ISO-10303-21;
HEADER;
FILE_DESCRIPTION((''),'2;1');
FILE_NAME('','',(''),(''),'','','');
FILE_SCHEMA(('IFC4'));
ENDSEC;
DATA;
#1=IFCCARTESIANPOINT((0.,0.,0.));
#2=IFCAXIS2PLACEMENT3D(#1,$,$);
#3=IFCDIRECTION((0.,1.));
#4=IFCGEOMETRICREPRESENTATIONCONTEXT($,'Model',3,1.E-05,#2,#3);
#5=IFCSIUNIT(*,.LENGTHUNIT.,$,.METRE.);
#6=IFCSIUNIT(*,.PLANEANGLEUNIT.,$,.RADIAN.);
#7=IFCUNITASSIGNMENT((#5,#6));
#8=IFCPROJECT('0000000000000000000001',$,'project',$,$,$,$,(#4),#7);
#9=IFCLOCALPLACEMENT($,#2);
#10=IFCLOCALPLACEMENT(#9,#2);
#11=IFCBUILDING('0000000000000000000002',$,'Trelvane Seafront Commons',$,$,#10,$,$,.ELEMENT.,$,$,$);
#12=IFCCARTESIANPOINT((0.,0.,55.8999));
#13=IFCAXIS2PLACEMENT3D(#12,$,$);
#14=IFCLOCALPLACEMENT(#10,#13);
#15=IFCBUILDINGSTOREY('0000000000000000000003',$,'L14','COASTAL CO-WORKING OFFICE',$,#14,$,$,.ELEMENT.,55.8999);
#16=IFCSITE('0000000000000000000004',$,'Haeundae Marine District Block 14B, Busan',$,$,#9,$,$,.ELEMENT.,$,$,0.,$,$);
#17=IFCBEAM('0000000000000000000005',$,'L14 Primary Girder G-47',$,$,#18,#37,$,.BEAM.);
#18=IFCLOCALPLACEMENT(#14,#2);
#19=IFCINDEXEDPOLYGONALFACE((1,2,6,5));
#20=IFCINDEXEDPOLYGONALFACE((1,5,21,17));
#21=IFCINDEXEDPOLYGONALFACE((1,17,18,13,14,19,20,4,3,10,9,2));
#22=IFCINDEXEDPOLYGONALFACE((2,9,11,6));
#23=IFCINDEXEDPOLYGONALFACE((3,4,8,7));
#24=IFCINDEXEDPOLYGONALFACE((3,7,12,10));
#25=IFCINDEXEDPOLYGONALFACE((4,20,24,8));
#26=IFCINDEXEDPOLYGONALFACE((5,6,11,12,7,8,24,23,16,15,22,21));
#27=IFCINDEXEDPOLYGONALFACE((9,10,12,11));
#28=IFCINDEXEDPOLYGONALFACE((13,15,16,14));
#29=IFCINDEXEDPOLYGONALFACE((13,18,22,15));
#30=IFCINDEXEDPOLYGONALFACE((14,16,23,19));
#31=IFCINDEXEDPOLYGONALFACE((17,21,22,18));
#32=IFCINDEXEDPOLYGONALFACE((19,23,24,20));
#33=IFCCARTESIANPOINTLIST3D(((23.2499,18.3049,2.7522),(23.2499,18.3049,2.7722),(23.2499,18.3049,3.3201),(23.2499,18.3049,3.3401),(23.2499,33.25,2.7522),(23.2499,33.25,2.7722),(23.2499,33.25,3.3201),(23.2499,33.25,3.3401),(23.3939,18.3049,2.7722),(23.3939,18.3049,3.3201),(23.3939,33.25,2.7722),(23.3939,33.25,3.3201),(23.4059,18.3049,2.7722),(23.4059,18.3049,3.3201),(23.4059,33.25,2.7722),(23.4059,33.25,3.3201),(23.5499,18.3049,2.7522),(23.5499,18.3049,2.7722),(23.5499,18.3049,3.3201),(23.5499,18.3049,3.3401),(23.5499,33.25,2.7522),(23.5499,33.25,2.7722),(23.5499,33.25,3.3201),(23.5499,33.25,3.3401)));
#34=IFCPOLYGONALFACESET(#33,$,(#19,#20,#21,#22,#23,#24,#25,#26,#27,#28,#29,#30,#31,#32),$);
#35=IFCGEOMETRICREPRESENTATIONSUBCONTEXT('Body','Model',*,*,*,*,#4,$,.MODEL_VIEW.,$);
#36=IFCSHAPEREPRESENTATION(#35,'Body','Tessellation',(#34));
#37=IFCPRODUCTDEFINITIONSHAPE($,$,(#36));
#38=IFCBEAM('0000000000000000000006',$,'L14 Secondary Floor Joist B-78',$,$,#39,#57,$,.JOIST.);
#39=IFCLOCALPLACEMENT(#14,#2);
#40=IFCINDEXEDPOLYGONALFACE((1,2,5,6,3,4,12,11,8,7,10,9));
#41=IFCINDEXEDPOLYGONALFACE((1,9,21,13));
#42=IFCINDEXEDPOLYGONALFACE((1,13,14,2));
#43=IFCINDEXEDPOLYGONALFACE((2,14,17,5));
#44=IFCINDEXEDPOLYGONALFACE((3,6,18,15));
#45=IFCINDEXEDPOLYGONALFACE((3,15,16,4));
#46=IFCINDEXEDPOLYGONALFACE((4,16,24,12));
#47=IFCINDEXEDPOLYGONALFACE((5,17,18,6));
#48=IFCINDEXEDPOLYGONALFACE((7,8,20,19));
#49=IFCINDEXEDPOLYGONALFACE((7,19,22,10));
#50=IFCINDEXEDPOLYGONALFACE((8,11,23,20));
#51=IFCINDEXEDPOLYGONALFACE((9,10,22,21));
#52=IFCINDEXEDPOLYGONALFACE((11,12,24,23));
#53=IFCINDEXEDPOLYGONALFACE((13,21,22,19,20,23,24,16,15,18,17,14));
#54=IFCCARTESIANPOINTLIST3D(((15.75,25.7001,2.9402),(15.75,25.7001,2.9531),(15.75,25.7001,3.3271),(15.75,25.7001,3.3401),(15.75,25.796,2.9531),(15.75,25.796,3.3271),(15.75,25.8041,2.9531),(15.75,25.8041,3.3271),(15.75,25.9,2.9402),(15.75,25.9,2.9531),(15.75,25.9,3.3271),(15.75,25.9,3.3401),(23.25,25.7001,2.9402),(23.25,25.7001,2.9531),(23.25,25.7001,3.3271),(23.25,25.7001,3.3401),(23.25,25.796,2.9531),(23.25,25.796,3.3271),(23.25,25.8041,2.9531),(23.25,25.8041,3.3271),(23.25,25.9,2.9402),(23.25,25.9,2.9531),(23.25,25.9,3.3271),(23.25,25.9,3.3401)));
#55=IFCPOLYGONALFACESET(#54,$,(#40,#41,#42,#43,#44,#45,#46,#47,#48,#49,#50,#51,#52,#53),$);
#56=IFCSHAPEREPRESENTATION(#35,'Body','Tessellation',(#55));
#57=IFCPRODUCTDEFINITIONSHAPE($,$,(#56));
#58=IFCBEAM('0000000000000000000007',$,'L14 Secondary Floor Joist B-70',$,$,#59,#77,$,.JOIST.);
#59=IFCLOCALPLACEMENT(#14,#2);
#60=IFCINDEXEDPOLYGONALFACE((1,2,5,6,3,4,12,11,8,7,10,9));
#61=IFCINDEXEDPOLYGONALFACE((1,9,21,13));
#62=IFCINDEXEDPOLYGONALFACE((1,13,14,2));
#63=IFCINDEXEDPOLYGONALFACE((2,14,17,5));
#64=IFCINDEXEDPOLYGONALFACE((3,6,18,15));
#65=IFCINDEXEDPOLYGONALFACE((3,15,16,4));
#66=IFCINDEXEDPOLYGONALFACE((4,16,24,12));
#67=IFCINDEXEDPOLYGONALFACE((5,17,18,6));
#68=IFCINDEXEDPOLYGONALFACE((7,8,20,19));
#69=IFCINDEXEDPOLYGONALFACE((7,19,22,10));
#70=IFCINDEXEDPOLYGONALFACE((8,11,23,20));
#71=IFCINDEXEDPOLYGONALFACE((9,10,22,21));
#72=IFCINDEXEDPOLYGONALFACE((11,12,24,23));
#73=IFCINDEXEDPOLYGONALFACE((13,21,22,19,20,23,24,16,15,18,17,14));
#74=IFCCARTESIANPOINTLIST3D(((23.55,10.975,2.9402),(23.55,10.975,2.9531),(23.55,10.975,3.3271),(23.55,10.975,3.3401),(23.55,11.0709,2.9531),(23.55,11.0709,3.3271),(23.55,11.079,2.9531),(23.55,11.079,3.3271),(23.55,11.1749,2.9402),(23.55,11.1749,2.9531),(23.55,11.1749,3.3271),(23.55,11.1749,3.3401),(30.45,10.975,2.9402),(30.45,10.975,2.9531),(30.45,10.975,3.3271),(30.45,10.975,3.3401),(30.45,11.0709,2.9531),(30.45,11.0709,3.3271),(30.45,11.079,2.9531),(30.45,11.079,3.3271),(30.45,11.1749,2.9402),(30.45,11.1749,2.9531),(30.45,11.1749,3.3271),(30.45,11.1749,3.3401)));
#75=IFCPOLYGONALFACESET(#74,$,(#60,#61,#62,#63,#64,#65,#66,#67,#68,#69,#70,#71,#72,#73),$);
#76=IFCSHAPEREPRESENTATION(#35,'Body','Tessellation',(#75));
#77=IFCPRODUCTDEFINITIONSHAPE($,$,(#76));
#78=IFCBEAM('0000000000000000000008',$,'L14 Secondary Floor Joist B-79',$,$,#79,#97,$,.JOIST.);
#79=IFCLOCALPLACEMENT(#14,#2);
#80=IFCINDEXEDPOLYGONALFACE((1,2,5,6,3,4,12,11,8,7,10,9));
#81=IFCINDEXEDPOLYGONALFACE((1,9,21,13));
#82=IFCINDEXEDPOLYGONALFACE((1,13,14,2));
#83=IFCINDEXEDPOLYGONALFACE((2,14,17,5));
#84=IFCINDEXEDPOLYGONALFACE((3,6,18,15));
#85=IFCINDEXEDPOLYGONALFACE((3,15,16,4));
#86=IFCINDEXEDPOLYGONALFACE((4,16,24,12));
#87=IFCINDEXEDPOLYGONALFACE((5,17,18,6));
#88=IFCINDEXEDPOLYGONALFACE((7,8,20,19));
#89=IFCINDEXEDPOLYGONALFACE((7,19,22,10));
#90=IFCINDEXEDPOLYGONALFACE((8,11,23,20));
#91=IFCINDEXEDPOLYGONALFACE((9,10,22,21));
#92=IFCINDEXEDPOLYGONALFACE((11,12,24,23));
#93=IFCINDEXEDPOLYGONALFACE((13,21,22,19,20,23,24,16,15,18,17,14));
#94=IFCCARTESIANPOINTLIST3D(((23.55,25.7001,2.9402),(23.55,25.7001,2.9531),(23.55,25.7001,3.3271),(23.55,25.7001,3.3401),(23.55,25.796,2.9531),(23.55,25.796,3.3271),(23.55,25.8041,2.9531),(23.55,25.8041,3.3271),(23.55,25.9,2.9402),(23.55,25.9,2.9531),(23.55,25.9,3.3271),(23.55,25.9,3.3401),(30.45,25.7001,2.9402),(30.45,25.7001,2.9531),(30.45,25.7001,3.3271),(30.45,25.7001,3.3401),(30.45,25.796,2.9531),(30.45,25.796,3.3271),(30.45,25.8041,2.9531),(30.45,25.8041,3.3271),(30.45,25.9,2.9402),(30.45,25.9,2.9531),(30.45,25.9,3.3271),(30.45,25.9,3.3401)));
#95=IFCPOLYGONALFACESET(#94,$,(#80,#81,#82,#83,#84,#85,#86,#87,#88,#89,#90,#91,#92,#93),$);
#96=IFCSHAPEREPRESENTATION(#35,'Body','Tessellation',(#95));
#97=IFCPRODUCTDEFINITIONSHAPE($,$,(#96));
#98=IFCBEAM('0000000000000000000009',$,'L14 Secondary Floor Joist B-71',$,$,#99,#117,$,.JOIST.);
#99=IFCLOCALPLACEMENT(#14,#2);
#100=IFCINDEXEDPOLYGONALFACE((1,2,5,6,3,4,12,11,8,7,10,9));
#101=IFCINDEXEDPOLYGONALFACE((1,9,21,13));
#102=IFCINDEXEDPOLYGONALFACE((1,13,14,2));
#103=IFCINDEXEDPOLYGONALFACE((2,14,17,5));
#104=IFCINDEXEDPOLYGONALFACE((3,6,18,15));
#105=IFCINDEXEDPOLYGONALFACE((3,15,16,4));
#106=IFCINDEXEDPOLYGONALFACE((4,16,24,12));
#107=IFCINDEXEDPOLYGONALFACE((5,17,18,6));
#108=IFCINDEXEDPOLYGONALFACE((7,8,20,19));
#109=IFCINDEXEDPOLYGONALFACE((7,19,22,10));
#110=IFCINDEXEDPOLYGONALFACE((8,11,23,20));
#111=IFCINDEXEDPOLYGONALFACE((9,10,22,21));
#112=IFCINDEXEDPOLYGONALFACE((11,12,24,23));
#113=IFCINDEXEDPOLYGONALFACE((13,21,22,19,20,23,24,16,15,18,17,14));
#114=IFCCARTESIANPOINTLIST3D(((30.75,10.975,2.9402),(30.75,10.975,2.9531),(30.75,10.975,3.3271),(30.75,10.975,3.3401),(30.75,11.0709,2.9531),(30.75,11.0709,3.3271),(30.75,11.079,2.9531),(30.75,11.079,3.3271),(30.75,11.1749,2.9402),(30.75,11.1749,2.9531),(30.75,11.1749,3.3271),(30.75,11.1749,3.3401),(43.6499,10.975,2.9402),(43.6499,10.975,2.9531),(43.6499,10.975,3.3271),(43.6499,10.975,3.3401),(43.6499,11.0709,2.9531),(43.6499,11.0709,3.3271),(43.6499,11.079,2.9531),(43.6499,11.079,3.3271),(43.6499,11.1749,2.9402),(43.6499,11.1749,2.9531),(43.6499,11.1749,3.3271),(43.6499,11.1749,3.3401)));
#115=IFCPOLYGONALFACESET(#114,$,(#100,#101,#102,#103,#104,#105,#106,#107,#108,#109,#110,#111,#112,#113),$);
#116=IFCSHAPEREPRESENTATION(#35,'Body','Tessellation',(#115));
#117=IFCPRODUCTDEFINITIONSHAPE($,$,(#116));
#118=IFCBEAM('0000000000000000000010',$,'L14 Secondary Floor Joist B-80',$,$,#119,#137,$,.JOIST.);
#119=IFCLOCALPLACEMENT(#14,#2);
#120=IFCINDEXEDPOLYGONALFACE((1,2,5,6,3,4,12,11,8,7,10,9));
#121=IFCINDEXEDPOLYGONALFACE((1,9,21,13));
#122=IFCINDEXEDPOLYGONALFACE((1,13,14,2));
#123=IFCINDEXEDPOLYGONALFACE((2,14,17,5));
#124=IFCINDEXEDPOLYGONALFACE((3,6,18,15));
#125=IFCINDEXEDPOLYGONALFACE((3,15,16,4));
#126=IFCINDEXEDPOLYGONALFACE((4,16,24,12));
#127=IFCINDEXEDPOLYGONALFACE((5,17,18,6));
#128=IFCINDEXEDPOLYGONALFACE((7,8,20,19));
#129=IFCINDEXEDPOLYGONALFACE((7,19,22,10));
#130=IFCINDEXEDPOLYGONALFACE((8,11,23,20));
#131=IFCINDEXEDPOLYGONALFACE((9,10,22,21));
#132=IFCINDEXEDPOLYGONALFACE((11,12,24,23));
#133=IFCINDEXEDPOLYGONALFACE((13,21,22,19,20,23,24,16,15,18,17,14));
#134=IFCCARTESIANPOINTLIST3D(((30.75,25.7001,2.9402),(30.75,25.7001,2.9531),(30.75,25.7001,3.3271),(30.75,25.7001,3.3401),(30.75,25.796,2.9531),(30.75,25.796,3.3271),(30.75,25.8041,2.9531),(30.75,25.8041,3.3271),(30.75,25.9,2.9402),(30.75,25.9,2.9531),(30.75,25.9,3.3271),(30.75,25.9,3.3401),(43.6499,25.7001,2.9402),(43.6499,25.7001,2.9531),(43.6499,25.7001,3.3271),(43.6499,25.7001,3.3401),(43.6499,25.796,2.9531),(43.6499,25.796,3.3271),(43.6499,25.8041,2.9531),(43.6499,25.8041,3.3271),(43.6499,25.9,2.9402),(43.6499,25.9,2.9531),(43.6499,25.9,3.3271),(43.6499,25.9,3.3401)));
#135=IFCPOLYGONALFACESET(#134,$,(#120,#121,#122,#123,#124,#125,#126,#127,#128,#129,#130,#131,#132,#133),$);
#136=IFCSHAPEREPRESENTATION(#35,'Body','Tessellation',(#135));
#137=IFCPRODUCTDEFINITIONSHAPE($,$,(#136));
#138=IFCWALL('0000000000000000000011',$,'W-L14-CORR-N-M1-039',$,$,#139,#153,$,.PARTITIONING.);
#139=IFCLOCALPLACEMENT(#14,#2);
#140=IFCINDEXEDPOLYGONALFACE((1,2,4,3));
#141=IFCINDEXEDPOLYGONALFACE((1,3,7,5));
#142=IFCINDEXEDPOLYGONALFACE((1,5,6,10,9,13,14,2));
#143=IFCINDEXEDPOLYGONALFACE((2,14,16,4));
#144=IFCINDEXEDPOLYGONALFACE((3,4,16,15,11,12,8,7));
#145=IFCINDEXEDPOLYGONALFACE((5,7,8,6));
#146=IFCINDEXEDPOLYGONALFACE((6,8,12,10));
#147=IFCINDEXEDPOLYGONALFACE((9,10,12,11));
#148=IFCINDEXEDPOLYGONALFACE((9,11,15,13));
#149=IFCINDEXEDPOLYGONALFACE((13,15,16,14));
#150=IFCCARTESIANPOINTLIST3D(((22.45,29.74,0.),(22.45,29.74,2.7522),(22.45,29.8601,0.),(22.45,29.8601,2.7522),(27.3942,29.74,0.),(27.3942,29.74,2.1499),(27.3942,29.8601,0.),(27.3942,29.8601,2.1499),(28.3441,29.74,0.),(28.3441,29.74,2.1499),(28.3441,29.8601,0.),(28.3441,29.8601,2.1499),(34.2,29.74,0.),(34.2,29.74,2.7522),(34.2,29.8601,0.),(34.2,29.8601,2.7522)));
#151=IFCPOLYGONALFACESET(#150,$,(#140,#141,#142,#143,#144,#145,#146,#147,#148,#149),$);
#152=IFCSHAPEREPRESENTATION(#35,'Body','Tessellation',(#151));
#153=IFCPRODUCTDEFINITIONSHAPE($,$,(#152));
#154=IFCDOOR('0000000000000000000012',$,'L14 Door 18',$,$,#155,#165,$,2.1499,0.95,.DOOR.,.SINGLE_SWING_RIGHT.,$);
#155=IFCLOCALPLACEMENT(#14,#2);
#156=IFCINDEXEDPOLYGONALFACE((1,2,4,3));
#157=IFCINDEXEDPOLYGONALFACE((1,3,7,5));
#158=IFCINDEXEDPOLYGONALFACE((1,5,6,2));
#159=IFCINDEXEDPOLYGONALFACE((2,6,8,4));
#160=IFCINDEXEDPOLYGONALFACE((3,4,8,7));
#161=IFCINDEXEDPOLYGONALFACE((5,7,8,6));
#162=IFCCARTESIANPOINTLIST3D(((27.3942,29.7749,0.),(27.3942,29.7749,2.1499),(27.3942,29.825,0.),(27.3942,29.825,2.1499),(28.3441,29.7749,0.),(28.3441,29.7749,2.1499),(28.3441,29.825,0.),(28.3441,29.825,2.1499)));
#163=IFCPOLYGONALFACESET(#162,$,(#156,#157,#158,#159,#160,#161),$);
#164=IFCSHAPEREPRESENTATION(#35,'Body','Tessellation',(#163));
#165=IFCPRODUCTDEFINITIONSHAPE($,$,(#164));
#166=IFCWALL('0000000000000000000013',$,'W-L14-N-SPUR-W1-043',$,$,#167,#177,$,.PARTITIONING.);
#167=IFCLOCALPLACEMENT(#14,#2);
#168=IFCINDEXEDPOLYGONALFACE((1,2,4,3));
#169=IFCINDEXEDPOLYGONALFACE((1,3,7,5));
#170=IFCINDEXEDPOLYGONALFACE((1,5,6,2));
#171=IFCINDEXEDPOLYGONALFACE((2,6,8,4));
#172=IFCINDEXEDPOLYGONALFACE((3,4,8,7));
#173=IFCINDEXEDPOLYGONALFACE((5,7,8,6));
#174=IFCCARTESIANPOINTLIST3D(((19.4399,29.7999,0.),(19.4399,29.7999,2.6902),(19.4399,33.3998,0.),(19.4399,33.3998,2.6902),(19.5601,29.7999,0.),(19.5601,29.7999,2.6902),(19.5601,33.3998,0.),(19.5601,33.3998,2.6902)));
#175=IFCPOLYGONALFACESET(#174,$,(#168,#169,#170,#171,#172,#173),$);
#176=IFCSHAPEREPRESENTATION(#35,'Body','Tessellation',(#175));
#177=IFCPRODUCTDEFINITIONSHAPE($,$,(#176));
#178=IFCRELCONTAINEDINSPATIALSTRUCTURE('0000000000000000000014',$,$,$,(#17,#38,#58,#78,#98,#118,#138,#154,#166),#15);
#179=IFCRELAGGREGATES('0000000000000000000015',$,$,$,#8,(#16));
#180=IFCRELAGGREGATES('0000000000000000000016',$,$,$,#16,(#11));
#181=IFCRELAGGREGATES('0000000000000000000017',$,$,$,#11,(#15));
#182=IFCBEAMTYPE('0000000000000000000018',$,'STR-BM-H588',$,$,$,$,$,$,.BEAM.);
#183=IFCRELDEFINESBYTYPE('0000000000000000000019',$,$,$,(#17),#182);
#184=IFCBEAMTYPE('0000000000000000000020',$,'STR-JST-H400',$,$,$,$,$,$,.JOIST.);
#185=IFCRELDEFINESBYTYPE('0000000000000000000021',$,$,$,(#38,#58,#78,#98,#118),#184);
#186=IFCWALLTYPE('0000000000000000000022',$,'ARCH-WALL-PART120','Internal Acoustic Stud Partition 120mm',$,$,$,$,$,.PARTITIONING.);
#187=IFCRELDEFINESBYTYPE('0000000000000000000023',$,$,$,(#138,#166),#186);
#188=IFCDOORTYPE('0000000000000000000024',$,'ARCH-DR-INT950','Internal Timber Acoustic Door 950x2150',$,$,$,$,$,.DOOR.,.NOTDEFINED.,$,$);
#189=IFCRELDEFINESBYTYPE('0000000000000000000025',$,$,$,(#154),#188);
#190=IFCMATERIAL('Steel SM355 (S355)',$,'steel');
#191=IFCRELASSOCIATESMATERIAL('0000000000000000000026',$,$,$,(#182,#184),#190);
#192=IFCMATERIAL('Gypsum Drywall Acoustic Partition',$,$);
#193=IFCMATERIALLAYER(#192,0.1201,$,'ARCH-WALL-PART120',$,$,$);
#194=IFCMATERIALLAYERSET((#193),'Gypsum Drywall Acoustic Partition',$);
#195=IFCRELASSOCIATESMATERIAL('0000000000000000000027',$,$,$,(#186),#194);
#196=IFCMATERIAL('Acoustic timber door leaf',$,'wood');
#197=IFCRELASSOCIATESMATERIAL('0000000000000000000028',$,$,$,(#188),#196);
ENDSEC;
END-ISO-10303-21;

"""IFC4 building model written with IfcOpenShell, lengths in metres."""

from ifc_helpers import new_model, si_unit, direction, frame, frame_2d, origin, origin_2d, place, context, subcontext, project, spatial, rectangle, i_section, extrude, source, transform, mapped, material, layer, layer_set, material_profile, profile_set, type_object, element, fill, save


model = new_model("IFC4")

# Units and contexts
model_context = context("Model", 3, precision=1e-05, world=origin(), true_north=direction((0.0, 1.0)))
body_context = subcontext(model_context, "Body", "Model", "MODEL_VIEW")
ifc_project = project(units=[si_unit("LENGTHUNIT", "METRE"), si_unit("PLANEANGLEUNIT", "RADIAN")], contexts=[model_context])

# Site, building, storey
site_placement = place(None, origin())
site = spatial("IfcSite", under=ifc_project, at=site_placement, Name="Haeundae Marine District Block 14B, Busan", CompositionType="ELEMENT", RefElevation=0.0)
building_placement = place(site_placement, origin())
building = spatial("IfcBuilding", under=site, at=building_placement, Name="Trelvane Seafront Commons", CompositionType="ELEMENT")
storey_placement = place(building_placement, frame((0.0, 0.0, 55.8999)))
storey = spatial("IfcBuildingStorey", under=building, at=storey_placement, Name="L14", Description="COASTAL CO-WORKING OFFICE", CompositionType="ELEMENT", Elevation=55.8999)

# Shared definitions
ifc_material_1 = material(Name="Steel SM355 (S355)", Category="steel")

# Beams
ifc_material_profile_1 = material_profile(ifc_material_1, i_section(OverallWidth=0.3, OverallDepth=0.5879, WebThickness=0.012, FlangeThickness=0.02, at=origin_2d()), Name="H-588x300x12x20")
ifc_profile_set_1 = profile_set([ifc_material_profile_1], Name="Steel SM355 (S355)")
beam_type_1 = type_object("IfcBeamType", Name="STR-BM-H588", PredefinedType="BEAM", material=ifc_profile_set_1)
shared_shape_1 = source(origin(), body_context, "Body", "SweptSolid", [
    extrude(i_section(OverallWidth=0.3, OverallDepth=0.5879, WebThickness=0.012, FlangeThickness=0.02, at=origin_2d()), origin(), (0.0, 0.0, 1.0), 14.9451),
])
beam_1_placement = place(storey_placement, frame((23.3999, 18.3049, 3.0461), z_axis=(0.0, 1.0, 0.0), x_axis=(-1.0, 0.0, 0.0)))
element("IfcBeam", 1, at=beam_1_placement, inside=storey, type_object=beam_type_1, Name="L14 Primary Girder G-47", PredefinedType="BEAM", context=body_context, shape_type="MappedRepresentation", body=[
    mapped(shared_shape_1, transform((0.0, 0.0, 0.0), x_axis=(1.0, 0.0, 0.0), y_axis=(0.0, 1.0, 0.0), z_axis=(0.0, 0.0, 1.0), scale=1.0)),
])
ifc_material_profile_2 = material_profile(ifc_material_1, i_section(OverallWidth=0.2, OverallDepth=0.3999, WebThickness=0.0081, FlangeThickness=0.0129, at=origin_2d()), Name="H-400x200x8x13")
ifc_profile_set_2 = profile_set([ifc_material_profile_2], Name="Steel SM355 (S355)")
beam_type_2 = type_object("IfcBeamType", Name="STR-JST-H400", PredefinedType="JOIST", material=ifc_profile_set_2)
shared_shape_2 = source(origin(), body_context, "Body", "SweptSolid", [
    extrude(i_section(OverallWidth=0.2, OverallDepth=0.3999, WebThickness=0.0081, FlangeThickness=0.0129, at=origin_2d()), origin(), (0.0, 0.0, 1.0), 7.5),
])
beam_2_placement = place(storey_placement, frame((15.75, 25.8, 3.1401), z_axis=(1.0, 0.0, 0.0), x_axis=(0.0, 1.0, 0.0)))
element("IfcBeam", 2, at=beam_2_placement, inside=storey, type_object=beam_type_2, Name="L14 Secondary Floor Joist B-78", PredefinedType="JOIST", context=body_context, shape_type="MappedRepresentation", body=[
    mapped(shared_shape_2, transform((0.0, 0.0, 0.0), x_axis=(1.0, 0.0, 0.0), y_axis=(0.0, 1.0, 0.0), z_axis=(0.0, 0.0, 1.0), scale=1.0)),
])
shared_shape_3 = source(origin(), body_context, "Body", "SweptSolid", [
    extrude(i_section(OverallWidth=0.2, OverallDepth=0.3999, WebThickness=0.0081, FlangeThickness=0.0129, at=origin_2d()), origin(), (0.0, 0.0, 1.0), 6.8999),
])
for number, where, z_axis, x_axis, name in (
    (3, (23.55, 11.075, 3.1401), (1.0, 0.0, 0.0), (0.0, 1.0, 0.0), "L14 Secondary Floor Joist B-70"),
    (4, (23.55, 25.8, 3.1401), (1.0, 0.0, 0.0), (0.0, 1.0, 0.0), "L14 Secondary Floor Joist B-79"),
):
    element("IfcBeam", number, at=place(storey_placement, frame(where, z_axis=z_axis, x_axis=x_axis)), inside=storey, type_object=beam_type_2, Name=name, PredefinedType="JOIST", context=body_context, shape_type="MappedRepresentation", body=[
        mapped(shared_shape_3, transform((0.0, 0.0, 0.0), x_axis=(1.0, 0.0, 0.0), y_axis=(0.0, 1.0, 0.0), z_axis=(0.0, 0.0, 1.0), scale=1.0)),
    ])
shared_shape_4 = source(origin(), body_context, "Body", "SweptSolid", [
    extrude(i_section(OverallWidth=0.2, OverallDepth=0.3999, WebThickness=0.0081, FlangeThickness=0.0129, at=origin_2d()), origin(), (0.0, 0.0, 1.0), 12.8999),
])
for number, where, z_axis, x_axis, name in (
    (5, (30.75, 11.075, 3.1401), (1.0, 0.0, 0.0), (0.0, 1.0, 0.0), "L14 Secondary Floor Joist B-71"),
    (6, (30.75, 25.8, 3.1401), (1.0, 0.0, 0.0), (0.0, 1.0, 0.0), "L14 Secondary Floor Joist B-80"),
):
    element("IfcBeam", number, at=place(storey_placement, frame(where, z_axis=z_axis, x_axis=x_axis)), inside=storey, type_object=beam_type_2, Name=name, PredefinedType="JOIST", context=body_context, shape_type="MappedRepresentation", body=[
        mapped(shared_shape_4, transform((0.0, 0.0, 0.0), x_axis=(1.0, 0.0, 0.0), y_axis=(0.0, 1.0, 0.0), z_axis=(0.0, 0.0, 1.0), scale=1.0)),
    ])

# Wall, opening, door
ifc_material_2 = material(Name="Gypsum Drywall Acoustic Partition")
ifc_layer_1 = layer(ifc_material_2, 0.1201, Name="ARCH-WALL-PART120")
ifc_layer_set_1 = layer_set([ifc_layer_1], Name="Gypsum Drywall Acoustic Partition")
wall_type_1 = type_object("IfcWallType", Name="ARCH-WALL-PART120", Description="Internal Acoustic Stud Partition 120mm", PredefinedType="PARTITIONING", material=ifc_layer_set_1)
wall_1_placement = place(storey_placement, frame((22.45, 29.8, 0.0), z_axis=(0.0, 0.0, 1.0), x_axis=(1.0, 0.0, 0.0)))
wall_1 = element("IfcWall", 7, at=wall_1_placement, inside=storey, type_object=wall_type_1, Name="W-L14-CORR-N-M1-039", PredefinedType="PARTITIONING", context=body_context, shape_type="SweptSolid", body=[
    extrude(rectangle(XDim=11.75, YDim=0.1201, at=frame_2d((5.875, 0.0))), origin(), (0.0, 0.0, 1.0), 2.7522),
])
opening_1_placement = place(wall_1_placement, frame((4.9441, 0.0, 0.0)))
opening_1 = element("IfcOpeningElement", 8, at=opening_1_placement, cuts=wall_1, PredefinedType="OPENING", context=body_context, shape_type="SweptSolid", body=[
    extrude(rectangle(XDim=0.95, YDim=2.1499, at=frame_2d((0.4751, 1.075))), frame((0.0, 0.0701, 0.0), z_axis=(0.0, -1.0, 0.0), x_axis=(1.0, 0.0, 0.0)), (0.0, 0.0, 1.0), 0.1401),
])
ifc_material_3 = material(Name="Acoustic timber door leaf", Category="wood")
door_type_1 = type_object("IfcDoorType", Name="ARCH-DR-INT950", Description="Internal Timber Acoustic Door 950x2150", OperationType="NOTDEFINED", PredefinedType="DOOR", material=ifc_material_3)
shared_shape_5 = source(origin(), body_context, "Body", "SweptSolid", [
    extrude(rectangle(XDim=0.95, YDim=2.1499, at=frame_2d((0.4751, 1.075))), frame((0.0, 0.0249, 0.0), z_axis=(0.0, -1.0, 0.0), x_axis=(1.0, 0.0, 0.0)), (0.0, 0.0, 1.0), 0.05),
])
door_1_placement = place(opening_1_placement, origin())
door_1 = element("IfcDoor", 9, at=door_1_placement, inside=storey, type_object=door_type_1, Name="L14 Door 18", OperationType="SINGLE_SWING_RIGHT", OverallHeight=2.1499, OverallWidth=0.95, PredefinedType="DOOR", context=body_context, shape_type="MappedRepresentation", body=[
    mapped(shared_shape_5, transform((0.0, 0.0, 0.0), x_axis=(1.0, 0.0, 0.0), y_axis=(0.0, 1.0, 0.0), z_axis=(0.0, 0.0, 1.0), scale=1.0)),
])
fill(opening_1, door_1)

# Wall
for number, where, z_axis, x_axis, name in (
    (10, (19.5, 29.8, 0.0), (0.0, 0.0, 1.0), (0.0, 1.0, 0.0), "W-L14-N-SPUR-W1-043"),
):
    element("IfcWall", number, at=place(storey_placement, frame(where, z_axis=z_axis, x_axis=x_axis)), inside=storey, type_object=wall_type_1, Name=name, PredefinedType="PARTITIONING", context=body_context, shape_type="SweptSolid", body=[
        extrude(rectangle(XDim=3.5999, YDim=0.1201, at=frame_2d((1.7998, 0.0))), origin(), (0.0, 0.0, 1.0), 2.6902),
    ])

save(model, "model.ifc")
